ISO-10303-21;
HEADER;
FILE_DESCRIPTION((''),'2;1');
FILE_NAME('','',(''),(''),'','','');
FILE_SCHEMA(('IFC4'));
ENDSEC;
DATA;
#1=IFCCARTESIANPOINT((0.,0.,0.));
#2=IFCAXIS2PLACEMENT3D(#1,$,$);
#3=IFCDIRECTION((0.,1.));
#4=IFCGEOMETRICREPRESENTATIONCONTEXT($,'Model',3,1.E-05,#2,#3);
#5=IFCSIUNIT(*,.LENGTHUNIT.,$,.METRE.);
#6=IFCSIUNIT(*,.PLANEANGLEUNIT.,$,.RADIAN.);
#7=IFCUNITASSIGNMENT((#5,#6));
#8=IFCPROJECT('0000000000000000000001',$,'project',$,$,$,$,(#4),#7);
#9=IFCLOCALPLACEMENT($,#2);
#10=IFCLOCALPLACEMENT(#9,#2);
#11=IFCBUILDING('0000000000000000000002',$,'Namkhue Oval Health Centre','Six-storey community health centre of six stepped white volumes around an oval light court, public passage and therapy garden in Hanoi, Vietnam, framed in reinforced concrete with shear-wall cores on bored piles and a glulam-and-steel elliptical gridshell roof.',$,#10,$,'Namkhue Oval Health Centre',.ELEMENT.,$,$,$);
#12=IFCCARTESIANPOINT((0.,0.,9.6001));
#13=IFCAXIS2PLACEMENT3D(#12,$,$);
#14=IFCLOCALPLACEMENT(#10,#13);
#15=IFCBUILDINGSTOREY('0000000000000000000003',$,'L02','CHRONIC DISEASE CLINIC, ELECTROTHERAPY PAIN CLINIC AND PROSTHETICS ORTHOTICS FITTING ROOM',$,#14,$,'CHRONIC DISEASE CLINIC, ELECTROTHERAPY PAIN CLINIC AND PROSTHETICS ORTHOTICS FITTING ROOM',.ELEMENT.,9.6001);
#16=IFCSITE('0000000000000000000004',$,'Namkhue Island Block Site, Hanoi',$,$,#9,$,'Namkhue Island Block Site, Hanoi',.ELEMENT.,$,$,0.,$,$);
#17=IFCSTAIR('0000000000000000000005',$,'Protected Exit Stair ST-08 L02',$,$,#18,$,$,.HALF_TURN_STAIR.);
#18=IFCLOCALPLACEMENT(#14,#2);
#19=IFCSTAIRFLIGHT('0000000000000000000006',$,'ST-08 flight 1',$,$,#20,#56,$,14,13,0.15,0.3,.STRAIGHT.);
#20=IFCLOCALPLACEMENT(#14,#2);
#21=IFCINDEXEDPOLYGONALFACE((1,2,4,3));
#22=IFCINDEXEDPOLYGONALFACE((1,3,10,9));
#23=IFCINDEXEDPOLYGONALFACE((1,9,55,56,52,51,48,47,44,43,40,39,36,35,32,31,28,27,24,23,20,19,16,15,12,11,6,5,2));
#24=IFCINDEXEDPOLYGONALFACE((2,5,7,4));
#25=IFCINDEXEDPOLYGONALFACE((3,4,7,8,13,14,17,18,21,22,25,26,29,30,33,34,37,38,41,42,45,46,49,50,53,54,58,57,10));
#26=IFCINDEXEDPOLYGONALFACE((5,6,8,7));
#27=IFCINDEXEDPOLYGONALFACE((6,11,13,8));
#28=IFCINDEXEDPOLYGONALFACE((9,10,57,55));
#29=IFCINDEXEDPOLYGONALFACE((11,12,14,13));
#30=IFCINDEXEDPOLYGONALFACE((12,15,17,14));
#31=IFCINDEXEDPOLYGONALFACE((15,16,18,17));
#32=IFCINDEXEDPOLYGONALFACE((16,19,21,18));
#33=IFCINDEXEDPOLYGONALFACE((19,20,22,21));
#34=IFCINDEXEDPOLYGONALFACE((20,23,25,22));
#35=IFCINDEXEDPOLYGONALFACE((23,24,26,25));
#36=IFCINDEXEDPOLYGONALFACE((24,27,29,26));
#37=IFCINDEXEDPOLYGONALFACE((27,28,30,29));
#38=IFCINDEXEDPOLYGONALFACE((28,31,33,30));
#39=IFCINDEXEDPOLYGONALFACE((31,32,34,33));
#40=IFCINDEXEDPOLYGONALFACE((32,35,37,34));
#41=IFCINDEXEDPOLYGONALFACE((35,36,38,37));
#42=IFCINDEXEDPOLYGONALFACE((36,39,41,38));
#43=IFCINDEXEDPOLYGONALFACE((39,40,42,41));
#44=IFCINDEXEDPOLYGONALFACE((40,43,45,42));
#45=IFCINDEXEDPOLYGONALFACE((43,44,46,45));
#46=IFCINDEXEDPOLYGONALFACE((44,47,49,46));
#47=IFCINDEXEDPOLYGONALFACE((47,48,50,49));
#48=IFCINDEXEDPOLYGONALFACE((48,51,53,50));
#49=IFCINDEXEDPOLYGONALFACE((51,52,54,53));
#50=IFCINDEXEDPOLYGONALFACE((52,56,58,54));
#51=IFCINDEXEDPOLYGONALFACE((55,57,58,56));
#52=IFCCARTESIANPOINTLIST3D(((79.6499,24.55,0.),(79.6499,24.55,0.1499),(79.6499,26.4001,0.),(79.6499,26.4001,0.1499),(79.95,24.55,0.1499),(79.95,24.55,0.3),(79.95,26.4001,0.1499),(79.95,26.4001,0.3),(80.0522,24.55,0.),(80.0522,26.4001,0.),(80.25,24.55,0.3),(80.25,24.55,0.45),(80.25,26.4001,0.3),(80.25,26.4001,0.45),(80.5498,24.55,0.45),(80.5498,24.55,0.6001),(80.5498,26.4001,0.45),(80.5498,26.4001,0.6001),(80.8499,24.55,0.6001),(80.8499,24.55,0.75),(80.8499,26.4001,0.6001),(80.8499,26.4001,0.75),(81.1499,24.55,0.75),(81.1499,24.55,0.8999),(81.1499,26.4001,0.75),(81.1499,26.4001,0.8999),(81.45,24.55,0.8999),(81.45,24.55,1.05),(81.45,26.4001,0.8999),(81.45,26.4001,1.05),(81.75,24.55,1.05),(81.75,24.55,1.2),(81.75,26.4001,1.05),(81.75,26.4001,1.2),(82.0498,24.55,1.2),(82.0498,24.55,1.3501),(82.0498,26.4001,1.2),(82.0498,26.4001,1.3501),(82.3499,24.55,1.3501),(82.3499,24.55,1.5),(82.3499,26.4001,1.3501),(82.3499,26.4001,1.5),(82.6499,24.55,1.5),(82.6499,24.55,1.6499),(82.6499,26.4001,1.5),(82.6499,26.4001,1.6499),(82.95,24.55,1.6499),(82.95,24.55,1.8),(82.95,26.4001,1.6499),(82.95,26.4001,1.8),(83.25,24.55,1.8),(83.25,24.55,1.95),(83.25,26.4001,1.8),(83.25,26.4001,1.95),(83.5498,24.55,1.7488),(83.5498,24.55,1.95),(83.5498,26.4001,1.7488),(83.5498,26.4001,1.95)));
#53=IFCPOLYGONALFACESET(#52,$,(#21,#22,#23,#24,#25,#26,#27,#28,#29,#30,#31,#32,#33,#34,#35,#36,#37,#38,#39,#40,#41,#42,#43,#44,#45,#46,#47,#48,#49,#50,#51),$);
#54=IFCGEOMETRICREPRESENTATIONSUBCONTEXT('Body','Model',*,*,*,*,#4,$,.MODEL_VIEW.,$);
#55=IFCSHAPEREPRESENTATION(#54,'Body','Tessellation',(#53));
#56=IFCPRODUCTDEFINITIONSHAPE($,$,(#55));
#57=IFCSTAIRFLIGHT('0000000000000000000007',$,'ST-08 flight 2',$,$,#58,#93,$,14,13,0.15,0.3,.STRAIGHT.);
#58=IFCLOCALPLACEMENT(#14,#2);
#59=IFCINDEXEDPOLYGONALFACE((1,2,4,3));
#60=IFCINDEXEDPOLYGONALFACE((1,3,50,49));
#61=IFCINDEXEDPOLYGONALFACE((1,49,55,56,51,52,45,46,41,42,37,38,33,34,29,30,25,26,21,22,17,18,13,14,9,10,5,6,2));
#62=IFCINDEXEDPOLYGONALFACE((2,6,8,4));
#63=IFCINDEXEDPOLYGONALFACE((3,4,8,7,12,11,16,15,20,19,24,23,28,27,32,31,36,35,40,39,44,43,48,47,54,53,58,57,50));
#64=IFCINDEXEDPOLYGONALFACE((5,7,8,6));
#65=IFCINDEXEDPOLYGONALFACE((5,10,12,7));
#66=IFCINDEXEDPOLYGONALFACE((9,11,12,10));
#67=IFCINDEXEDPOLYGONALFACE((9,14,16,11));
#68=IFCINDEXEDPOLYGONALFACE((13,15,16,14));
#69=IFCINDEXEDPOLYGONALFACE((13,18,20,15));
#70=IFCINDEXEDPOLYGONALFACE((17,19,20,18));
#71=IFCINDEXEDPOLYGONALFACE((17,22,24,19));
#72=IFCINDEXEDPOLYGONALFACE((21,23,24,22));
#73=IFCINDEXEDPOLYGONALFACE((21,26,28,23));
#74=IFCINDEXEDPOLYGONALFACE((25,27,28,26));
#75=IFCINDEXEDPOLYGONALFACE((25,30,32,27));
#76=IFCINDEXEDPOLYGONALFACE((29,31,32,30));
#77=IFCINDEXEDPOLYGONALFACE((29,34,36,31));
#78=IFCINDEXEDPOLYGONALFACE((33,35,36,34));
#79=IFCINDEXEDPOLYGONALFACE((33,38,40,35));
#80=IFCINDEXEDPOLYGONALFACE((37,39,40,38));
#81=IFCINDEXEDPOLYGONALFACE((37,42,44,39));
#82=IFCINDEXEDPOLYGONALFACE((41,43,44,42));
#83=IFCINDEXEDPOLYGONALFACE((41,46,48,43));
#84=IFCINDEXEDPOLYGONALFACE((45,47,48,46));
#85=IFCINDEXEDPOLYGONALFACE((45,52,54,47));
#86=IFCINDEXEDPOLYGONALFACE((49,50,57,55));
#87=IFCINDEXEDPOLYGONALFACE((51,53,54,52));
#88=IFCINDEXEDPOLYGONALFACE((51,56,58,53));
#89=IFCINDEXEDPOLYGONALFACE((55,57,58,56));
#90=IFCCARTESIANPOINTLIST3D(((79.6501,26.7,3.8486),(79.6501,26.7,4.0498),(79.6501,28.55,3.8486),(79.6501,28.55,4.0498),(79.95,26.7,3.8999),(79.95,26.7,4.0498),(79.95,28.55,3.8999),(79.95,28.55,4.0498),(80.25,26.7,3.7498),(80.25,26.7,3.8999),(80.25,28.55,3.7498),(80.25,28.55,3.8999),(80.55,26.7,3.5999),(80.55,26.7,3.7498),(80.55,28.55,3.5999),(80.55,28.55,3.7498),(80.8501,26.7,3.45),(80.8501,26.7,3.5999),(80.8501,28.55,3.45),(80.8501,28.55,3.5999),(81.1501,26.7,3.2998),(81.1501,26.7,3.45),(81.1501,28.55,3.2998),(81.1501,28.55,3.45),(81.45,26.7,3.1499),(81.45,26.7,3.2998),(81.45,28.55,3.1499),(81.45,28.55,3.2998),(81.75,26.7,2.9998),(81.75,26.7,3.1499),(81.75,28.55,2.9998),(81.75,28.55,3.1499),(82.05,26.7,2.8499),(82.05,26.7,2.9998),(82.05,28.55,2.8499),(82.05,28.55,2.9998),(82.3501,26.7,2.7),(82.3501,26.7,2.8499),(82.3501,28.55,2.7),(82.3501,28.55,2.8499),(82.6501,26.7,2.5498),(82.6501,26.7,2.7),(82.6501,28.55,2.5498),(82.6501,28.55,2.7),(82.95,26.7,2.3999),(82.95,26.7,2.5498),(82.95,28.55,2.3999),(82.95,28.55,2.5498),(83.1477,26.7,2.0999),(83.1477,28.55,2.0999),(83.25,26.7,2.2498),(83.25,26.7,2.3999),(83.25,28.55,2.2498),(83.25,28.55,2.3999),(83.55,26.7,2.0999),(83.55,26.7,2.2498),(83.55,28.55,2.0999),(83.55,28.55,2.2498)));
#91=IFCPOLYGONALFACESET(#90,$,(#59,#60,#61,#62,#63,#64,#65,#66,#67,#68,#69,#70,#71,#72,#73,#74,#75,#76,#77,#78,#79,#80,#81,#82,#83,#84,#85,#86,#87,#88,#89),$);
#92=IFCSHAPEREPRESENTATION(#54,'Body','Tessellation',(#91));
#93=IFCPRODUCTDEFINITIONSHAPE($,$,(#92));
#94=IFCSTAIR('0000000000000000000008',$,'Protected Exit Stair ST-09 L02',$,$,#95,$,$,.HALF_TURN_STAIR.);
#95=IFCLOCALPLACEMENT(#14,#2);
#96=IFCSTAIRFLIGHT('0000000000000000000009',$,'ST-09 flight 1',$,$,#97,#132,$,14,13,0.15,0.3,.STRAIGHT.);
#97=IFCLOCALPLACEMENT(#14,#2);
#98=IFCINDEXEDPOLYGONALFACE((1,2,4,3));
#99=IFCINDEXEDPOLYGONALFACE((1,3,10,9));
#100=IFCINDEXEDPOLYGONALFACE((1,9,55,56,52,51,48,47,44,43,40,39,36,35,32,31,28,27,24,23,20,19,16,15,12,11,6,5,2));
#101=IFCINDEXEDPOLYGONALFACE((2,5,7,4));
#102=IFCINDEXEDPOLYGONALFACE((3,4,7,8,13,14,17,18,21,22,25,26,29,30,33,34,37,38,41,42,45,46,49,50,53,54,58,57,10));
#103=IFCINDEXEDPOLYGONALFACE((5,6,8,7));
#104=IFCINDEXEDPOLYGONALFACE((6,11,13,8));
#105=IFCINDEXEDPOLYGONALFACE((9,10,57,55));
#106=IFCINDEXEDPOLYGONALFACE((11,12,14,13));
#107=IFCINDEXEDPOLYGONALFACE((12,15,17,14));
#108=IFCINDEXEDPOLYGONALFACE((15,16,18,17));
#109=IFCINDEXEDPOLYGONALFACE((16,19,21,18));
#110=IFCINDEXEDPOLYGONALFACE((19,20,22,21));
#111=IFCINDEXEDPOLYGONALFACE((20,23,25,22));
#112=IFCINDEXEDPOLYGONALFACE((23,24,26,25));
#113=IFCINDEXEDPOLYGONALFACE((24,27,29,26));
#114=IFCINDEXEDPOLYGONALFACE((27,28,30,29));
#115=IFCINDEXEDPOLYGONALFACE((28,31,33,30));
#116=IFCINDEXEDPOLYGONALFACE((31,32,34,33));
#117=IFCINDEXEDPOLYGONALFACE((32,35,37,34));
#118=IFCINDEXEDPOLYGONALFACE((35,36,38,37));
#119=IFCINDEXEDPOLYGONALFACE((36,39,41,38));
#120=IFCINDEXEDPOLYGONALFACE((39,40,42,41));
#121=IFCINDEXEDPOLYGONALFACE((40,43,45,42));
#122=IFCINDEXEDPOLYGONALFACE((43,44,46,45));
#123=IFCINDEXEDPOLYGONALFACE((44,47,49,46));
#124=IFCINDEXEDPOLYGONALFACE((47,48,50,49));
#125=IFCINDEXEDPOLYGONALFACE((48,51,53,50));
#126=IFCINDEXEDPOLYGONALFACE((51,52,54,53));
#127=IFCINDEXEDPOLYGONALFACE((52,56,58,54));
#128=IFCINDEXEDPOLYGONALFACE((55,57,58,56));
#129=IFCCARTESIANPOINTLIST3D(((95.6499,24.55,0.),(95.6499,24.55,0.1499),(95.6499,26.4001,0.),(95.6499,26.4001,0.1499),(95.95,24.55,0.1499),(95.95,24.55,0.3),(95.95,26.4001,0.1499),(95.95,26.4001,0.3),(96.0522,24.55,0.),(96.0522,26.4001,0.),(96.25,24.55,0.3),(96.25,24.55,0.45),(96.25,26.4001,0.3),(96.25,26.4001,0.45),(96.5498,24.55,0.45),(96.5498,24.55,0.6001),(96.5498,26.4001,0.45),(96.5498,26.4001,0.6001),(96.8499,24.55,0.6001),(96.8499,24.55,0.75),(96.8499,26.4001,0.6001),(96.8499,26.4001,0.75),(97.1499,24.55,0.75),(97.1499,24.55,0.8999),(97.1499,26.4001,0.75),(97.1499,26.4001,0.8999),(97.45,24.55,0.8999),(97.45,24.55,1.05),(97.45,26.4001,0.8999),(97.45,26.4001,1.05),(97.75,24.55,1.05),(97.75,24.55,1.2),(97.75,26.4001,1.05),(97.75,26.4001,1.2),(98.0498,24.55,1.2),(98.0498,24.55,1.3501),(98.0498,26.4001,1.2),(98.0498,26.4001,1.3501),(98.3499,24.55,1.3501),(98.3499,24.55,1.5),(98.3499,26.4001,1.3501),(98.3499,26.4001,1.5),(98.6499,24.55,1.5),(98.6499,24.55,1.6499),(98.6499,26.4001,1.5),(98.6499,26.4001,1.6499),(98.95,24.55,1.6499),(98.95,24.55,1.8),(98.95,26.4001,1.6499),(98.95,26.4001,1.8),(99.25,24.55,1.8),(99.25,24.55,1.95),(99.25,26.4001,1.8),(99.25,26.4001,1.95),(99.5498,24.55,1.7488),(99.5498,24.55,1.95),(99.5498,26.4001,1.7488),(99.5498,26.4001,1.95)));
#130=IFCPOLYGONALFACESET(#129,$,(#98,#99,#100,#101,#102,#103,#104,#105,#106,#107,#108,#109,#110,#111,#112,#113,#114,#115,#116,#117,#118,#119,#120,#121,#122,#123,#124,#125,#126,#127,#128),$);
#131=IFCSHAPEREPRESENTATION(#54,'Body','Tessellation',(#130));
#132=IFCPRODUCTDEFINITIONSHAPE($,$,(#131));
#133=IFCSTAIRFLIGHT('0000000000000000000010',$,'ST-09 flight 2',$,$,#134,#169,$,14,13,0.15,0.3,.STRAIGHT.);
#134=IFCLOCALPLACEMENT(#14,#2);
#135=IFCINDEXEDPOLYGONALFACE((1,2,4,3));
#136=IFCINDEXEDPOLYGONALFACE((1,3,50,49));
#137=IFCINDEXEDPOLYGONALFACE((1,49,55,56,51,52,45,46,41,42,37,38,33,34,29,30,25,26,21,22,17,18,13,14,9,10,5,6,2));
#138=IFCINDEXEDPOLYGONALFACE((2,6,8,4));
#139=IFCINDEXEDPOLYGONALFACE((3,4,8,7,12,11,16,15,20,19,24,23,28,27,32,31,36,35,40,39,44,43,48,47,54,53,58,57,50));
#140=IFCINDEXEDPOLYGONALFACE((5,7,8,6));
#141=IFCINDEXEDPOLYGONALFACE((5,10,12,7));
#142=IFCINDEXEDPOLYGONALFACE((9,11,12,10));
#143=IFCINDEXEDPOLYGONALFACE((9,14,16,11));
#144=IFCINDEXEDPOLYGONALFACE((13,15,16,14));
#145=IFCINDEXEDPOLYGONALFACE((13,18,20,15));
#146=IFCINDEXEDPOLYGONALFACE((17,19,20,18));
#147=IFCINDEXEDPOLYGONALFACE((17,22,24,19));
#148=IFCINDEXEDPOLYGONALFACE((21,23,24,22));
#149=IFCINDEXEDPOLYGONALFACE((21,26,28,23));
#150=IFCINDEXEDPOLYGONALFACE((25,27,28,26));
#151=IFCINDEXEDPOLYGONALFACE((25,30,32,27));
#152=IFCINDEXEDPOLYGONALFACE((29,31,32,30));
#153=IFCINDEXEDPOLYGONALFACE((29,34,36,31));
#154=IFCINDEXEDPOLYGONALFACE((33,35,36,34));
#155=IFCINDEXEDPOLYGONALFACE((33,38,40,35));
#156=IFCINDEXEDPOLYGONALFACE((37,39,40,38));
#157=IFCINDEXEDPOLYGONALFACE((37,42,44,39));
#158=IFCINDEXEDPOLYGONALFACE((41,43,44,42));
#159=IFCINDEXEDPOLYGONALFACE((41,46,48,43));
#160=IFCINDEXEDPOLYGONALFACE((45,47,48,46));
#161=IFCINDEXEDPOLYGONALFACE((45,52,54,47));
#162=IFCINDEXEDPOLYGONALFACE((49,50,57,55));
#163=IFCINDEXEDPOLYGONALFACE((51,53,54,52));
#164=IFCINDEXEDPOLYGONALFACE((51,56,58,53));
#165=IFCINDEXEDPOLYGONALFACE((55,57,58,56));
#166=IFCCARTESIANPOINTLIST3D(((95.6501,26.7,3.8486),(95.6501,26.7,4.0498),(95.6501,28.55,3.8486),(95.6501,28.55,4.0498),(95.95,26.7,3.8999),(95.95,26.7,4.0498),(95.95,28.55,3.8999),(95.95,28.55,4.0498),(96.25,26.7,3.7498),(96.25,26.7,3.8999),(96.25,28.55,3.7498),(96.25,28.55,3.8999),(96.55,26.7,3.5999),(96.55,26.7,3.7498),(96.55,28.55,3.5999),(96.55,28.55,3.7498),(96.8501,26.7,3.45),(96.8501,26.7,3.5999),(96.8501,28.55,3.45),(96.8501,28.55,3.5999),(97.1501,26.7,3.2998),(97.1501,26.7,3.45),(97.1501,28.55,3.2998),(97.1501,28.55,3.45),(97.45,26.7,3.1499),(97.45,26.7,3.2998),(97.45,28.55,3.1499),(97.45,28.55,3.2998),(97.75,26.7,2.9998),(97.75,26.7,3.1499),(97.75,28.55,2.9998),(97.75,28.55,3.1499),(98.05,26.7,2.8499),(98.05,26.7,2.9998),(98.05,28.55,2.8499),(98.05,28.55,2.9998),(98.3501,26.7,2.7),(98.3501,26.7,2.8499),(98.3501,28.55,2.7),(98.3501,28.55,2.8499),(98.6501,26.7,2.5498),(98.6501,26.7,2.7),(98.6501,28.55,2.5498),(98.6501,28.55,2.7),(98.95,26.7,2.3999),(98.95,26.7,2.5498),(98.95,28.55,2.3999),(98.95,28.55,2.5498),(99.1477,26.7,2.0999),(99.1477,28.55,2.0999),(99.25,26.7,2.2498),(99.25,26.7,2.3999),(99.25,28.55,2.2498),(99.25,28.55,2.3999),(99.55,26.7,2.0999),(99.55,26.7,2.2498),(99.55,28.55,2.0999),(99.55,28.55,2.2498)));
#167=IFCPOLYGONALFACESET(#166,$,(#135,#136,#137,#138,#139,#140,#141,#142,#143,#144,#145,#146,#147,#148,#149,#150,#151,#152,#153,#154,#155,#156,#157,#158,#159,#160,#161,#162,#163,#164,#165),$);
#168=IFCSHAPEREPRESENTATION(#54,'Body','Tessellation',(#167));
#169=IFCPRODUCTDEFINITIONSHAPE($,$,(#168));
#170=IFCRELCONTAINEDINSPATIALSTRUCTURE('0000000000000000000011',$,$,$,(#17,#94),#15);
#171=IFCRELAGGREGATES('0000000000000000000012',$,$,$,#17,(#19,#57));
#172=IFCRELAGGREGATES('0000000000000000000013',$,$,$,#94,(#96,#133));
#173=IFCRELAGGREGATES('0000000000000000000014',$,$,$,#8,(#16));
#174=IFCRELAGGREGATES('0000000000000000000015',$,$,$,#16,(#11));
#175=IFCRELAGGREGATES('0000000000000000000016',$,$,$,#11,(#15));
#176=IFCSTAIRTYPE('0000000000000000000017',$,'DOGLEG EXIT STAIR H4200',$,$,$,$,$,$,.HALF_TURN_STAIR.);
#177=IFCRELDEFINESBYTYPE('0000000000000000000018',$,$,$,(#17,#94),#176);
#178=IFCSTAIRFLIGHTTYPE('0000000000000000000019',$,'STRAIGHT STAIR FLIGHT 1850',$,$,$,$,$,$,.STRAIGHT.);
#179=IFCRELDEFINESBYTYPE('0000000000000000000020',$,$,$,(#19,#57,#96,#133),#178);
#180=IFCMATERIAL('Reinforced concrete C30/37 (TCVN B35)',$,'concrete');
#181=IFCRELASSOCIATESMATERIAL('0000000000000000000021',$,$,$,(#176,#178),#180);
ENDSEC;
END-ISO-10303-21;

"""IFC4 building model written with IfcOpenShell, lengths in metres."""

from ifc_helpers import new_model, si_unit, direction, frame, origin, place, context, subcontext, project, spatial, polyline, outline, extrude, material, type_object, element, aggregate, save


model = new_model("IFC4")

# Units and contexts
model_context = context("Model", 3, precision=1e-05, world=origin(), true_north=direction((0.0, 1.0)))
body_context = subcontext(model_context, "Body", "Model", "MODEL_VIEW")
ifc_project = project(units=[si_unit("LENGTHUNIT", "METRE"), si_unit("PLANEANGLEUNIT", "RADIAN")], contexts=[model_context])

# Site, building, storey
site_placement = place(None, origin())
site = spatial("IfcSite", under=ifc_project, at=site_placement, Name="Namkhue Island Block Site, Hanoi", LongName="Namkhue Island Block Site, Hanoi", CompositionType="ELEMENT", RefElevation=0.0)
building_placement = place(site_placement, origin())
building = spatial("IfcBuilding", under=site, at=building_placement, Name="Namkhue Oval Health Centre", Description="Six-storey community health centre of six stepped white volumes around an oval light court, public passage and therapy garden in Hanoi, Vietnam, framed in reinforced concrete with shear-wall cores on bored piles and a glulam-and-steel elliptical gridshell roof.", LongName="Namkhue Oval Health Centre", CompositionType="ELEMENT")
storey_placement = place(building_placement, frame((0.0, 0.0, 9.6001)))
storey = spatial("IfcBuildingStorey", under=building, at=storey_placement, Name="L02", Description="CHRONIC DISEASE CLINIC, ELECTROTHERAPY PAIN CLINIC AND PROSTHETICS ORTHOTICS FITTING ROOM", LongName="CHRONIC DISEASE CLINIC, ELECTROTHERAPY PAIN CLINIC AND PROSTHETICS ORTHOTICS FITTING ROOM", CompositionType="ELEMENT", Elevation=9.6001)

# Stairs, stair flights
ifc_material_1 = material(Name="Reinforced concrete C30/37 (TCVN B35)", Category="concrete")
stair_type = type_object("IfcStairType", Name="DOGLEG EXIT STAIR H4200", PredefinedType="HALF_TURN_STAIR", material=ifc_material_1)
stair_1_placement = place(storey_placement, origin())
stair_1 = element("IfcStair", 1, at=stair_1_placement, inside=storey, type_object=stair_type, Name="Protected Exit Stair ST-08 L02", PredefinedType="HALF_TURN_STAIR")
stair_flight_type = type_object("IfcStairFlightType", Name="STRAIGHT STAIR FLIGHT 1850", PredefinedType="STRAIGHT", material=ifc_material_1)
stair_flight_1_placement = place(storey_placement, frame((79.6499, 25.4751, 0.0), z_axis=(0.0, 0.0, 1.0), x_axis=(1.0, 0.0, 0.0)))
stair_flight_1 = element("IfcStairFlight", 2, at=stair_flight_1_placement, type_object=stair_flight_type, Name="ST-08 flight 1", NumberOfRisers=14, NumberOfTreads=13, PredefinedType="STRAIGHT", RiserHeight=0.15, TreadLength=0.3, context=body_context, shape_type="SweptSolid", body=[
    extrude(outline(polyline([(0.0, 0.0), (0.0, 0.1499), (0.3, 0.1499), (0.3, 0.3), (0.6001, 0.3), (0.6001, 0.45), (0.8999, 0.45), (0.8999, 0.6001), (1.2, 0.6001), (1.2, 0.75), (1.5, 0.75), (1.5, 0.8999), (1.8, 0.8999), (1.8, 1.05), (2.1001, 1.05), (2.1001, 1.2), (2.3999, 1.2), (2.3999, 1.3501), (2.7, 1.3501), (2.7, 1.5), (3.0, 1.5), (3.0, 1.6499), (3.3, 1.6499), (3.3, 1.8), (3.6001, 1.8), (3.6001, 1.95), (3.8999, 1.95), (3.8999, 2.1001), (3.8999, 1.7488), (0.4023, 0.0), (0.0, 0.0)])), frame((0.0, 0.925, 0.0), z_axis=(0.0, -1.0, 0.0), x_axis=(1.0, 0.0, 0.0)), (0.0, 0.0, 1.0), 1.8501),
])
stair_flight_2_placement = place(storey_placement, frame((83.55, 27.625, 2.0999), z_axis=(0.0, 0.0, 1.0), x_axis=(-1.0, 0.0, 0.0)))
stair_flight_2 = element("IfcStairFlight", 3, at=stair_flight_2_placement, type_object=stair_flight_type, Name="ST-08 flight 2", NumberOfRisers=14, NumberOfTreads=13, PredefinedType="STRAIGHT", RiserHeight=0.15, TreadLength=0.3, context=body_context, shape_type="SweptSolid", body=[
    extrude(outline(polyline([(0.0, 0.0), (0.0, 0.1499), (0.3, 0.1499), (0.3, 0.3), (0.6001, 0.3), (0.6001, 0.45), (0.8999, 0.45), (0.8999, 0.6001), (1.2, 0.6001), (1.2, 0.75), (1.5, 0.75), (1.5, 0.8999), (1.8, 0.8999), (1.8, 1.05), (2.1001, 1.05), (2.1001, 1.2), (2.3999, 1.2), (2.3999, 1.3501), (2.7, 1.3501), (2.7, 1.5), (3.0, 1.5), (3.0, 1.6499), (3.3, 1.6499), (3.3, 1.8), (3.6001, 1.8), (3.6001, 1.95), (3.8999, 1.95), (3.8999, 2.1001), (3.8999, 1.7488), (0.4023, 0.0), (0.0, 0.0)])), frame((0.0, 0.925, 0.0), z_axis=(0.0, -1.0, 0.0), x_axis=(1.0, 0.0, 0.0)), (0.0, 0.0, 1.0), 1.8501),
])
aggregate(stair_1, [stair_flight_1, stair_flight_2])
stair_2_placement = place(storey_placement, origin())
stair_2 = element("IfcStair", 4, at=stair_2_placement, inside=storey, type_object=stair_type, Name="Protected Exit Stair ST-09 L02", PredefinedType="HALF_TURN_STAIR")
stair_flight_3_placement = place(storey_placement, frame((95.6499, 25.4751, 0.0), z_axis=(0.0, 0.0, 1.0), x_axis=(1.0, 0.0, 0.0)))
stair_flight_3 = element("IfcStairFlight", 5, at=stair_flight_3_placement, type_object=stair_flight_type, Name="ST-09 flight 1", NumberOfRisers=14, NumberOfTreads=13, PredefinedType="STRAIGHT", RiserHeight=0.15, TreadLength=0.3, context=body_context, shape_type="SweptSolid", body=[
    extrude(outline(polyline([(0.0, 0.0), (0.0, 0.1499), (0.3, 0.1499), (0.3, 0.3), (0.6001, 0.3), (0.6001, 0.45), (0.8999, 0.45), (0.8999, 0.6001), (1.2, 0.6001), (1.2, 0.75), (1.5, 0.75), (1.5, 0.8999), (1.8, 0.8999), (1.8, 1.05), (2.1001, 1.05), (2.1001, 1.2), (2.3999, 1.2), (2.3999, 1.3501), (2.7, 1.3501), (2.7, 1.5), (3.0, 1.5), (3.0, 1.6499), (3.3, 1.6499), (3.3, 1.8), (3.6001, 1.8), (3.6001, 1.95), (3.8999, 1.95), (3.8999, 2.1001), (3.8999, 1.7488), (0.4023, 0.0), (0.0, 0.0)])), frame((0.0, 0.925, 0.0), z_axis=(0.0, -1.0, 0.0), x_axis=(1.0, 0.0, 0.0)), (0.0, 0.0, 1.0), 1.8501),
])
stair_flight_4_placement = place(storey_placement, frame((99.55, 27.625, 2.0999), z_axis=(0.0, 0.0, 1.0), x_axis=(-1.0, 0.0, 0.0)))
stair_flight_4 = element("IfcStairFlight", 6, at=stair_flight_4_placement, type_object=stair_flight_type, Name="ST-09 flight 2", NumberOfRisers=14, NumberOfTreads=13, PredefinedType="STRAIGHT", RiserHeight=0.15, TreadLength=0.3, context=body_context, shape_type="SweptSolid", body=[
    extrude(outline(polyline([(0.0, 0.0), (0.0, 0.1499), (0.3, 0.1499), (0.3, 0.3), (0.6001, 0.3), (0.6001, 0.45), (0.8999, 0.45), (0.8999, 0.6001), (1.2, 0.6001), (1.2, 0.75), (1.5, 0.75), (1.5, 0.8999), (1.8, 0.8999), (1.8, 1.05), (2.1001, 1.05), (2.1001, 1.2), (2.3999, 1.2), (2.3999, 1.3501), (2.7, 1.3501), (2.7, 1.5), (3.0, 1.5), (3.0, 1.6499), (3.3, 1.6499), (3.3, 1.8), (3.6001, 1.8), (3.6001, 1.95), (3.8999, 1.95), (3.8999, 2.1001), (3.8999, 1.7488), (0.4023, 0.0), (0.0, 0.0)])), frame((0.0, 0.925, 0.0), z_axis=(0.0, -1.0, 0.0), x_axis=(1.0, 0.0, 0.0)), (0.0, 0.0, 1.0), 1.8501),
])
aggregate(stair_2, [stair_flight_3, stair_flight_4])

save(model, "model.ifc")
